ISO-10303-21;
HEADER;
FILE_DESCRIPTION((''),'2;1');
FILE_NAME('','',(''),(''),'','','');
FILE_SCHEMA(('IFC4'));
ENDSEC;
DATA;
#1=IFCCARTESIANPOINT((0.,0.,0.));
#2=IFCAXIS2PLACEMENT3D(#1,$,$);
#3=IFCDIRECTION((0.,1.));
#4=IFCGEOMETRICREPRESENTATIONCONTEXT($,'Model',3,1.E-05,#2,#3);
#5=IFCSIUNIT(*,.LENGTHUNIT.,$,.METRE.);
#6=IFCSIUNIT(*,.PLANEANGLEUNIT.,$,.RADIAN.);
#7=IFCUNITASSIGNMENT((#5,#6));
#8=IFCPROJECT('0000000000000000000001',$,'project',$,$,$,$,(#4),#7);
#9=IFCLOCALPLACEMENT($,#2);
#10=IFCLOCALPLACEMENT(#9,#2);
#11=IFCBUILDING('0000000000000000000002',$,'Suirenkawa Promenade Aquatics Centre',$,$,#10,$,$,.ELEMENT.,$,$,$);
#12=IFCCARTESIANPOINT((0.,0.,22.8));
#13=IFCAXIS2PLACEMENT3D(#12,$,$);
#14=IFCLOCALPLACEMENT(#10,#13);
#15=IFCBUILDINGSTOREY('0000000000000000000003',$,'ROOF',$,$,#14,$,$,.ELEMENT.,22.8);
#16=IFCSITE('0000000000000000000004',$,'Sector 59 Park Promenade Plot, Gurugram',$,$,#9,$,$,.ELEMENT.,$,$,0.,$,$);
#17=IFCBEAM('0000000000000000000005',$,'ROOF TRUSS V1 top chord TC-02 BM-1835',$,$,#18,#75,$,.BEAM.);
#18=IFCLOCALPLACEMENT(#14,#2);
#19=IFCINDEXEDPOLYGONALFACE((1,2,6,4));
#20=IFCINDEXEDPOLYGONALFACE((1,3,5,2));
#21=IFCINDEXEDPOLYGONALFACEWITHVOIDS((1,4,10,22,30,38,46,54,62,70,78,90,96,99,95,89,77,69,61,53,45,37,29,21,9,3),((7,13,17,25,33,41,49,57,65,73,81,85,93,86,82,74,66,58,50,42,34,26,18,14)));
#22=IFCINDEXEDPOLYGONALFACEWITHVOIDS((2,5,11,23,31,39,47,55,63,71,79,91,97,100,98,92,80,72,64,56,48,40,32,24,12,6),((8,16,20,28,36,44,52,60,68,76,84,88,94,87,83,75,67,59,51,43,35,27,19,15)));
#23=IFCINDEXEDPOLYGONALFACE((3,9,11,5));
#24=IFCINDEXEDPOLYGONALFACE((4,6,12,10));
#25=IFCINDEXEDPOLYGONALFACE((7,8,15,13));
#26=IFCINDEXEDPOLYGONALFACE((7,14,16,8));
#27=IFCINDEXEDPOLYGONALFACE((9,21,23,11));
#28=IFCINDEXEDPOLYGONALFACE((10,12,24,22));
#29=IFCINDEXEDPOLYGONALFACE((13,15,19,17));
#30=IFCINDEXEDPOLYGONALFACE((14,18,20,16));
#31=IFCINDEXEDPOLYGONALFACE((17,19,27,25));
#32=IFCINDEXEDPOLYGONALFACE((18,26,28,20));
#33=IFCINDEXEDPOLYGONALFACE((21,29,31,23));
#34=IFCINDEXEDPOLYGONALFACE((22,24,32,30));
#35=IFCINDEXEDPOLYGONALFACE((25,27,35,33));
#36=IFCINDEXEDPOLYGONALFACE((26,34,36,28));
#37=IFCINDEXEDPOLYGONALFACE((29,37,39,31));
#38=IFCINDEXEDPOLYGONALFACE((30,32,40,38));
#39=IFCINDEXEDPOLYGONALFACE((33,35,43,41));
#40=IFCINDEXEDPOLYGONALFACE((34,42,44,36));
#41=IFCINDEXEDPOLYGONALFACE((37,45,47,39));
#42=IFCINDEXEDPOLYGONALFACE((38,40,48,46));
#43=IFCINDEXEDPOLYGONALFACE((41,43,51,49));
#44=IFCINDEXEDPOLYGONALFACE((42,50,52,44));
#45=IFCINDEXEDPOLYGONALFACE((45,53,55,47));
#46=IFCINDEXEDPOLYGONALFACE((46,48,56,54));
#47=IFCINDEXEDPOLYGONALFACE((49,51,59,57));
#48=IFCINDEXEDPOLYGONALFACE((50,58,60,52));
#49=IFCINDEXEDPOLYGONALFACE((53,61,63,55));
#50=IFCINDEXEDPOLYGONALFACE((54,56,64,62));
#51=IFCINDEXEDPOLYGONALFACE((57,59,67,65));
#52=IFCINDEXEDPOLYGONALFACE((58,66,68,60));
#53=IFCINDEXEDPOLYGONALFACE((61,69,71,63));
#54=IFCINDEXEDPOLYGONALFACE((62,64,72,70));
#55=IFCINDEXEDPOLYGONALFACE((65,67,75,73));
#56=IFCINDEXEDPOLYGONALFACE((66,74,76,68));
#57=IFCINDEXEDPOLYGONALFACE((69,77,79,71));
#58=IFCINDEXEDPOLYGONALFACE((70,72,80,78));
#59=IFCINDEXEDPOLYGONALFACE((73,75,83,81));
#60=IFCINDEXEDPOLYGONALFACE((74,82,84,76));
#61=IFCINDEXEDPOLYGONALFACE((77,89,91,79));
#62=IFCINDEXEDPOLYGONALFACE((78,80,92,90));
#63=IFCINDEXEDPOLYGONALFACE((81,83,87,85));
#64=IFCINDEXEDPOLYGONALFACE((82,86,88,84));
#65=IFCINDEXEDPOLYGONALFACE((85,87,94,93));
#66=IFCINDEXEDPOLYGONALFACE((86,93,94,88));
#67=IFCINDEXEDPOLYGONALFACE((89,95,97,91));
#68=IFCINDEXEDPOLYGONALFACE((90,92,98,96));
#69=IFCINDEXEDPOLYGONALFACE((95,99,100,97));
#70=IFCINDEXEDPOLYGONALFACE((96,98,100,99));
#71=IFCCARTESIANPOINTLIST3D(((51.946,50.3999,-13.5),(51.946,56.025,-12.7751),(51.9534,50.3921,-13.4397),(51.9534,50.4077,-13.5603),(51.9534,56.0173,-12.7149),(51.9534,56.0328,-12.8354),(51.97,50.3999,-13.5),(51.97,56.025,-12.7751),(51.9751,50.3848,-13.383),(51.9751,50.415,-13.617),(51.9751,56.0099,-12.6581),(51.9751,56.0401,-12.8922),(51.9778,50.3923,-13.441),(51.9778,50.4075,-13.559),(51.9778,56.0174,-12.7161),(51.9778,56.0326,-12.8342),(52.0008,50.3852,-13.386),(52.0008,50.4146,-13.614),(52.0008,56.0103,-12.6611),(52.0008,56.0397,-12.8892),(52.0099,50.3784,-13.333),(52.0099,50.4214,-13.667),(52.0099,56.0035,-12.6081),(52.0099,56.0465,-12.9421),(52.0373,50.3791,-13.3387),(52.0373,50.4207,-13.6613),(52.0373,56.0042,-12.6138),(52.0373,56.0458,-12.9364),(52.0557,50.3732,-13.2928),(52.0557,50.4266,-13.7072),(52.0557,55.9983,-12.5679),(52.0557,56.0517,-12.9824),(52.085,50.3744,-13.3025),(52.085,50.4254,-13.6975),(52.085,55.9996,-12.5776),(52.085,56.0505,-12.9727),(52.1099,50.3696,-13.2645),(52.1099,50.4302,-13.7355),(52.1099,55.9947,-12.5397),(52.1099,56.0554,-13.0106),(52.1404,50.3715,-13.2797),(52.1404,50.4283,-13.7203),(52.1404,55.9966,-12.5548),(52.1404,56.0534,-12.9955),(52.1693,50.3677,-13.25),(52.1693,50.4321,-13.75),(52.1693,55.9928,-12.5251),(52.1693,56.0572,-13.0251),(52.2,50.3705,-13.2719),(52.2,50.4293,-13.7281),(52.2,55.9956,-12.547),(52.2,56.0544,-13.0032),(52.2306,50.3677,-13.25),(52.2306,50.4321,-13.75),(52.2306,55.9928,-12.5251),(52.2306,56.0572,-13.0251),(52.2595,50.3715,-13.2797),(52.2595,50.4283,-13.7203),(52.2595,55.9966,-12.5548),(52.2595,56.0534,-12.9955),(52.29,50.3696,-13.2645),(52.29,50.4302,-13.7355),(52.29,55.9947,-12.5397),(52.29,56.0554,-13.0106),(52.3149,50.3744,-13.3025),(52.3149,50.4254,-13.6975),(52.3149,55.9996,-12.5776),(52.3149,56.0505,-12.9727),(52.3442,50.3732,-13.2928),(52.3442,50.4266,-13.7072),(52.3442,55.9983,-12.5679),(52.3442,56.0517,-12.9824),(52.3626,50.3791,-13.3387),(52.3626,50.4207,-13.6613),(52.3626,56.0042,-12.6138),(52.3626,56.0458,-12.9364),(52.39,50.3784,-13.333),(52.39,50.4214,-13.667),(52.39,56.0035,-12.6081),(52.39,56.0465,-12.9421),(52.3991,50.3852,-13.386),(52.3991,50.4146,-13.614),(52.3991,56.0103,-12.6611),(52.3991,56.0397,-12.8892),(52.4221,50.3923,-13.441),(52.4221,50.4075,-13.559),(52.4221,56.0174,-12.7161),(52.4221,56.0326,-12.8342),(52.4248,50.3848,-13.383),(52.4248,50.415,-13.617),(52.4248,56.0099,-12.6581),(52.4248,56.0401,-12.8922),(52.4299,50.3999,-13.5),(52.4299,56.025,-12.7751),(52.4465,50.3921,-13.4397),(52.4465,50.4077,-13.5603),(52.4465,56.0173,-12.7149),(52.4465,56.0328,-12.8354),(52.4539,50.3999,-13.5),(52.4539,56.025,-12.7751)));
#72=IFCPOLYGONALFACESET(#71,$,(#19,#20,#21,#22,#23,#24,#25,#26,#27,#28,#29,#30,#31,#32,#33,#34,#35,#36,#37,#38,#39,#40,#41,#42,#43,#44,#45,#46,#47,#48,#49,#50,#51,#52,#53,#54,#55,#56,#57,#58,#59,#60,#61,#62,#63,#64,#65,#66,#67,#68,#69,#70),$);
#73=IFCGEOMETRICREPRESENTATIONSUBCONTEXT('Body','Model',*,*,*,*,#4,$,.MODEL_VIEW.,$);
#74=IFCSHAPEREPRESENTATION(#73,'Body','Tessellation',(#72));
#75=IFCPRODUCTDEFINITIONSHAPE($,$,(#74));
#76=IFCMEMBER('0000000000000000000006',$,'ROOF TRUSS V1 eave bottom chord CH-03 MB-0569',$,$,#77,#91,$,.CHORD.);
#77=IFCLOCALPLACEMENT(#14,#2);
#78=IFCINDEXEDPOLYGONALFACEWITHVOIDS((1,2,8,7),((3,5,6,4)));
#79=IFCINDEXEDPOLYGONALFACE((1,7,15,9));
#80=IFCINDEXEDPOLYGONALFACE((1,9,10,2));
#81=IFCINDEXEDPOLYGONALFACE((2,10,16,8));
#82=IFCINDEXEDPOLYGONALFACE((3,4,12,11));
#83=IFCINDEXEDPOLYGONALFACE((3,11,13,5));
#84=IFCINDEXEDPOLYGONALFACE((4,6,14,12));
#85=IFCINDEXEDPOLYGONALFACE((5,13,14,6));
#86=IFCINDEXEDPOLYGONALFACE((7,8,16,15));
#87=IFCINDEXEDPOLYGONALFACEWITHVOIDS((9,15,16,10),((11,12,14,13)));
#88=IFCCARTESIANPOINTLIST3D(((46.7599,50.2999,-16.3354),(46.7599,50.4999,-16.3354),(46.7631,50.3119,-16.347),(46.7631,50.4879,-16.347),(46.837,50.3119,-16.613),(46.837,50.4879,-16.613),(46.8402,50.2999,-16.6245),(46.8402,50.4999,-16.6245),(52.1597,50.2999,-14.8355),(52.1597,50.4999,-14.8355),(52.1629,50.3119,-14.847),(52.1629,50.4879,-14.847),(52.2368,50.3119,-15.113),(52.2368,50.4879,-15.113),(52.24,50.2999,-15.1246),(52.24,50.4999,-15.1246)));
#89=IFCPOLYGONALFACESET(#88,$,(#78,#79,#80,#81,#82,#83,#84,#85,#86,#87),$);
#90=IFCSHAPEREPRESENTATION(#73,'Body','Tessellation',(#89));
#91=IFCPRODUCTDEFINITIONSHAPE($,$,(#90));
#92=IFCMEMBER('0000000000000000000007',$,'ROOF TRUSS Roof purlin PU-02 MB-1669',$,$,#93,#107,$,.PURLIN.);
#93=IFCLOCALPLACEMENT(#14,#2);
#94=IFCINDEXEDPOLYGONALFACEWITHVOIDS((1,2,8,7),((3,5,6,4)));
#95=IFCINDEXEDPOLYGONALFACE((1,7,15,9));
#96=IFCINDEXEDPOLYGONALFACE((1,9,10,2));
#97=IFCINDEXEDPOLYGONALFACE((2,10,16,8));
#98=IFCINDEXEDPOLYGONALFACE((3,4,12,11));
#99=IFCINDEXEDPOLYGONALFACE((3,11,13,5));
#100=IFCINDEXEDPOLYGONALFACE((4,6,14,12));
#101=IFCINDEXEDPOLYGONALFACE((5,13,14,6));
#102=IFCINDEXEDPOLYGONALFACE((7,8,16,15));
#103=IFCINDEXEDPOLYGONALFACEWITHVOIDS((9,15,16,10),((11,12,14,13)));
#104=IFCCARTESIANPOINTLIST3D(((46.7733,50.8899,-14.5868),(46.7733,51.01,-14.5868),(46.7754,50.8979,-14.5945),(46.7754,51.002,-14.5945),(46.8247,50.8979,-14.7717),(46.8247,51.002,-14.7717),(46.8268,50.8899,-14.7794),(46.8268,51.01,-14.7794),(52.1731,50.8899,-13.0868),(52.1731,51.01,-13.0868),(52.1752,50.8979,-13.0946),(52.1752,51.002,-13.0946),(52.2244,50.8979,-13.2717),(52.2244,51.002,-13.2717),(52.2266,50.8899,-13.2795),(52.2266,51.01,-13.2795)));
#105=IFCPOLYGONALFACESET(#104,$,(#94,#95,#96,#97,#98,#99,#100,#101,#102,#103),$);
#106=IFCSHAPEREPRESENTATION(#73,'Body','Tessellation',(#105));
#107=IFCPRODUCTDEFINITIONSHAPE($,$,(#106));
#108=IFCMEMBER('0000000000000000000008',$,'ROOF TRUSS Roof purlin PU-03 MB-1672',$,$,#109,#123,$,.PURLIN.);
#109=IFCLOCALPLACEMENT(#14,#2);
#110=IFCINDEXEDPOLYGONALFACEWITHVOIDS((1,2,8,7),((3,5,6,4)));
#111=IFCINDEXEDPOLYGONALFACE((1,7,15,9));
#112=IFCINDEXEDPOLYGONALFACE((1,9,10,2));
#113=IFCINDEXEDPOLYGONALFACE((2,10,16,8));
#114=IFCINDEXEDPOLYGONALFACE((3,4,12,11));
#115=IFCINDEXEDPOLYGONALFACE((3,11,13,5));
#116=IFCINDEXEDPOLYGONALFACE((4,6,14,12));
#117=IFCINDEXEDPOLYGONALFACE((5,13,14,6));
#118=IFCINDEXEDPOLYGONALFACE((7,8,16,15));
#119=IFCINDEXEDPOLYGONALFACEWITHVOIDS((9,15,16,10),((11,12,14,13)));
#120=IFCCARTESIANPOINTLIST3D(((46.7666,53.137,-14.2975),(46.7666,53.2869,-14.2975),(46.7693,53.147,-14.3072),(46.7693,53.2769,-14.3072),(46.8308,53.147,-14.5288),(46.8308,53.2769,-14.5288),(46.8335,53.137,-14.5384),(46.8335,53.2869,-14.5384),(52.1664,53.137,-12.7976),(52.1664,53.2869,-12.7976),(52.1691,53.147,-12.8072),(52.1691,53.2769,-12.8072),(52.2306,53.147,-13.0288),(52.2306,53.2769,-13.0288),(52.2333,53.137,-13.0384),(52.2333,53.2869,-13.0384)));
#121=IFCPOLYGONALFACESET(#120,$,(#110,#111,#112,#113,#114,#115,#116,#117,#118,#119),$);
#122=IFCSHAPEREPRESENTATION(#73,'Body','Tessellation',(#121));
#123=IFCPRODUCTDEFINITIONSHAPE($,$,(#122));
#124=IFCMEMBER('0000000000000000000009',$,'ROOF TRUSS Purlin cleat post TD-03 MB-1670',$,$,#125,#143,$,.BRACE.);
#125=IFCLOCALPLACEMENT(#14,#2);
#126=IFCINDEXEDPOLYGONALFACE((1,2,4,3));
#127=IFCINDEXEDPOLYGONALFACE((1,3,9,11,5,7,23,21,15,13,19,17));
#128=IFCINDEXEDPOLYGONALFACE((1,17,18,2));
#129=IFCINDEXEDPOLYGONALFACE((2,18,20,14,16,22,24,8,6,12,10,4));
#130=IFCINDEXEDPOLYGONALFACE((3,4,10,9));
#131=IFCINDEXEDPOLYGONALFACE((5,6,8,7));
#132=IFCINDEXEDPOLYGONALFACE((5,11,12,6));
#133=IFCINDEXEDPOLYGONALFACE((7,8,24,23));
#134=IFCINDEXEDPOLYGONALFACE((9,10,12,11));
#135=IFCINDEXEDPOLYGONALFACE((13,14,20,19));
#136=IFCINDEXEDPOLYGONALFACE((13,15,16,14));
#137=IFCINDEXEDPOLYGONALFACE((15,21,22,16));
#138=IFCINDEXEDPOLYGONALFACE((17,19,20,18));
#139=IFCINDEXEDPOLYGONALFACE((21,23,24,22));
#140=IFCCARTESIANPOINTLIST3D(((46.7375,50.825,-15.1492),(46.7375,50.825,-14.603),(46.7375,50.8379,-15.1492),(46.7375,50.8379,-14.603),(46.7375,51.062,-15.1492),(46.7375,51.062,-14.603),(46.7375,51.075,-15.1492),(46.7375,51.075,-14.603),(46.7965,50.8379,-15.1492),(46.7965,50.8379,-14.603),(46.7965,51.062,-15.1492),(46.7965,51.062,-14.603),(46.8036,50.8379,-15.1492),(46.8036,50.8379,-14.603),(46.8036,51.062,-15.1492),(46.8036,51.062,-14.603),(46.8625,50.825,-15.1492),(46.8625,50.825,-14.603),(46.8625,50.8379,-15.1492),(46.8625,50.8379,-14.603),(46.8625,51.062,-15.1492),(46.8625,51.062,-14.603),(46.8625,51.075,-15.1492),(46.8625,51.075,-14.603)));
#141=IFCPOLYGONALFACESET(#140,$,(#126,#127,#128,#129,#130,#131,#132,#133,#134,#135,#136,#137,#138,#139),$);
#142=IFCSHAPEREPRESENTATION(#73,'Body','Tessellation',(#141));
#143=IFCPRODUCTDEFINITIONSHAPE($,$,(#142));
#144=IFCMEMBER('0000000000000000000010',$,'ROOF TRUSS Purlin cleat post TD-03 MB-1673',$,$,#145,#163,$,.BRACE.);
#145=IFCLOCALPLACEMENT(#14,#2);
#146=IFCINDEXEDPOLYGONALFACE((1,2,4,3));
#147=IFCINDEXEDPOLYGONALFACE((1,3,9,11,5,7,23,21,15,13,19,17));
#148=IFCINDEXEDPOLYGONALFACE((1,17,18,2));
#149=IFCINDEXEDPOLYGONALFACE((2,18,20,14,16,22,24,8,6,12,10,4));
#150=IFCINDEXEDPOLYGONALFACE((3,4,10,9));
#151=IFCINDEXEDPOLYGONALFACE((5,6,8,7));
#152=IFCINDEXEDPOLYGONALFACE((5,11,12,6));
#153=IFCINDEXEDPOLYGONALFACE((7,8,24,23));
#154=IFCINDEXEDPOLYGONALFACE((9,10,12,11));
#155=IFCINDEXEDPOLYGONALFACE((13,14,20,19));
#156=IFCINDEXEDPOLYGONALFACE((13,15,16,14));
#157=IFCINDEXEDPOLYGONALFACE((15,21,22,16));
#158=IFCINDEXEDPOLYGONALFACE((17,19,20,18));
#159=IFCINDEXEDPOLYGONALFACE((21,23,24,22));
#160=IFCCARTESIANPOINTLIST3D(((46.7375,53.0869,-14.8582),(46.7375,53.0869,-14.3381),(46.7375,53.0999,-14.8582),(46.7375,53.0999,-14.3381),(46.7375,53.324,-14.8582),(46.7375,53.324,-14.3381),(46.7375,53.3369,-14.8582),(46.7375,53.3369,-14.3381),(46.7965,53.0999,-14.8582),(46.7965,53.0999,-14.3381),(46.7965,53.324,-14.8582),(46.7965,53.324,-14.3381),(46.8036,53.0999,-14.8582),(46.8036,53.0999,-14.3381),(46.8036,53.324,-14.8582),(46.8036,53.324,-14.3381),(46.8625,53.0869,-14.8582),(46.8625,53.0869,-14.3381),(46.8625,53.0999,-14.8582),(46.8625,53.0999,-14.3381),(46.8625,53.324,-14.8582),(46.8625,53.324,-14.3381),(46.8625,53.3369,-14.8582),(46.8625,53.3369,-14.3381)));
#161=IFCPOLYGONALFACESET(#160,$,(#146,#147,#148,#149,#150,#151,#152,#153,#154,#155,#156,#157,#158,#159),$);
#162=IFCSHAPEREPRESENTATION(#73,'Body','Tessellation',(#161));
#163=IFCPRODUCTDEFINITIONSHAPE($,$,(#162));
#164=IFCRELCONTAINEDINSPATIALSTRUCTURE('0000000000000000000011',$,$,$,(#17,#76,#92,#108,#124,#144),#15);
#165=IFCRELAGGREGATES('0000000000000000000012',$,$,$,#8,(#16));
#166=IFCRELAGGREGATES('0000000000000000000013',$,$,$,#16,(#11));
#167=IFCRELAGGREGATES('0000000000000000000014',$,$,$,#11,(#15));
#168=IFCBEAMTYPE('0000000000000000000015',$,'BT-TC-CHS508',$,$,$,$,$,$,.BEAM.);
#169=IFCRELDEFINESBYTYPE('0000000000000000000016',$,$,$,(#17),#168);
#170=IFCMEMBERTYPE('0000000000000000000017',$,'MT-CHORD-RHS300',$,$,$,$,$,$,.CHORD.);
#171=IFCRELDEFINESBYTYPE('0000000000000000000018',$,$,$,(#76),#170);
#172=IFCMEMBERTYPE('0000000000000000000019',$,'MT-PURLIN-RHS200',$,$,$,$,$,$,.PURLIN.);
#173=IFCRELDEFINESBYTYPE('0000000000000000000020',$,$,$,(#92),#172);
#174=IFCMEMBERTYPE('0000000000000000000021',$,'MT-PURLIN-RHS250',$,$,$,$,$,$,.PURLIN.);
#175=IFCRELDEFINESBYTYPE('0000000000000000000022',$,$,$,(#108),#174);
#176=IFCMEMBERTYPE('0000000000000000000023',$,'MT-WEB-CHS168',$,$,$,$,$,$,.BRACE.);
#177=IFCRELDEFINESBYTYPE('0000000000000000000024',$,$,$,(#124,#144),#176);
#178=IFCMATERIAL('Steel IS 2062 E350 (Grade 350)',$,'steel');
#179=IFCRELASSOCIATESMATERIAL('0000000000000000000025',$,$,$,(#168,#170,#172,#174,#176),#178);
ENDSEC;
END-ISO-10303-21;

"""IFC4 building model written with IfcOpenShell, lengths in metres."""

from ifc_helpers import new_model, si_unit, direction, frame, origin, origin_2d, place, context, subcontext, project, spatial, hollow_rectangle, hollow_circle, i_section, extrude, material, material_profile, profile_set, type_object, element, save


model = new_model("IFC4")

# Units and contexts
model_context = context("Model", 3, precision=1e-05, world=origin(), true_north=direction((0.0, 1.0)))
body_context = subcontext(model_context, "Body", "Model", "MODEL_VIEW")
ifc_project = project(units=[si_unit("LENGTHUNIT", "METRE"), si_unit("PLANEANGLEUNIT", "RADIAN")], contexts=[model_context])

# Site, building, storey
site_placement = place(None, origin())
site = spatial("IfcSite", under=ifc_project, at=site_placement, Name="Sector 59 Park Promenade Plot, Gurugram", CompositionType="ELEMENT", RefElevation=0.0)
building_placement = place(site_placement, origin())
building = spatial("IfcBuilding", under=site, at=building_placement, Name="Suirenkawa Promenade Aquatics Centre", CompositionType="ELEMENT")
storey_placement = place(building_placement, frame((0.0, 0.0, 22.8)))
storey = spatial("IfcBuildingStorey", under=building, at=storey_placement, Name="ROOF", CompositionType="ELEMENT", Elevation=22.8)

# Beam
ifc_material_1 = material(Name="Steel IS 2062 E350 (Grade 350)", Category="steel")
ifc_material_profile_1 = material_profile(ifc_material_1, hollow_circle(Radius=0.2539, WallThickness=0.0239, at=origin_2d()), Name="CHS 508x24", Category="steel")
ifc_profile_set_1 = profile_set([ifc_material_profile_1], Name="Steel IS 2062 E350 (Grade 350)")
beam_type_1 = type_object("IfcBeamType", Name="BT-TC-CHS508", PredefinedType="BEAM", material=ifc_profile_set_1)
for number, where, z_axis, x_axis, name in (
    (1, (52.2, 50.3999, -13.5), (0.0, 0.991799, 0.127806), (-1.0, 0.0, 0.0), "ROOF TRUSS V1 top chord TC-02 BM-1835"),
):
    element("IfcBeam", number, at=place(storey_placement, frame(where, z_axis=z_axis, x_axis=x_axis)), inside=storey, type_object=beam_type_1, Name=name, PredefinedType="BEAM", context=body_context, shape_type="SweptSolid", body=[
        extrude(hollow_circle(Radius=0.2539, WallThickness=0.0239, at=origin_2d()), origin(), (0.0, 0.0, 1.0), 5.6716),
    ])

# Members
ifc_material_profile_2 = material_profile(ifc_material_1, hollow_rectangle(XDim=0.2, YDim=0.3, WallThickness=0.012, at=origin_2d()), Name="RHS 300x200x12", Category="steel")
ifc_profile_set_2 = profile_set([ifc_material_profile_2], Name="Steel IS 2062 E350 (Grade 350)")
member_type_1 = type_object("IfcMemberType", Name="MT-CHORD-RHS300", PredefinedType="CHORD", material=ifc_profile_set_2)
member_1_placement = place(storey_placement, frame((46.8, 50.3999, -16.48), z_axis=(0.963517, 0.0, 0.267648), x_axis=(0.0, 1.0, 0.0)))
element("IfcMember", 2, at=member_1_placement, inside=storey, type_object=member_type_1, Name="ROOF TRUSS V1 eave bottom chord CH-03 MB-0569", PredefinedType="CHORD", context=body_context, shape_type="SweptSolid", body=[
    extrude(hollow_rectangle(XDim=0.2, YDim=0.3, WallThickness=0.012, at=origin_2d()), origin(), (0.0, 0.0, 1.0), 5.6042),
])
ifc_material_profile_3 = material_profile(ifc_material_1, hollow_rectangle(XDim=0.1201, YDim=0.2, WallThickness=0.0081, at=origin_2d()), Name="RHS 200x120x8", Category="steel")
ifc_profile_set_3 = profile_set([ifc_material_profile_3], Name="Steel IS 2062 E350 (Grade 350)")
member_type_2 = type_object("IfcMemberType", Name="MT-PURLIN-RHS200", PredefinedType="PURLIN", material=ifc_profile_set_3)
member_2_placement = place(storey_placement, frame((46.8, 50.95, -14.6831), z_axis=(0.963517, 0.0, 0.267648), x_axis=(0.0, 1.0, 0.0)))
element("IfcMember", 3, at=member_2_placement, inside=storey, type_object=member_type_2, Name="ROOF TRUSS Roof purlin PU-02 MB-1669", PredefinedType="PURLIN", context=body_context, shape_type="SweptSolid", body=[
    extrude(hollow_rectangle(XDim=0.1201, YDim=0.2, WallThickness=0.0081, at=origin_2d()), origin(), (0.0, 0.0, 1.0), 5.6042),
])
ifc_material_profile_4 = material_profile(ifc_material_1, hollow_rectangle(XDim=0.1499, YDim=0.25, WallThickness=0.01, at=origin_2d()), Name="RHS 250x150x10", Category="steel")
ifc_profile_set_4 = profile_set([ifc_material_profile_4], Name="Steel IS 2062 E350 (Grade 350)")
member_type_3 = type_object("IfcMemberType", Name="MT-PURLIN-RHS250", PredefinedType="PURLIN", material=ifc_profile_set_4)
member_3_placement = place(storey_placement, frame((46.8, 53.2119, -14.418), z_axis=(0.963517, 0.0, 0.267648), x_axis=(0.0, 1.0, 0.0)))
element("IfcMember", 4, at=member_3_placement, inside=storey, type_object=member_type_3, Name="ROOF TRUSS Roof purlin PU-03 MB-1672", PredefinedType="PURLIN", context=body_context, shape_type="SweptSolid", body=[
    extrude(hollow_rectangle(XDim=0.1499, YDim=0.25, WallThickness=0.01, at=origin_2d()), origin(), (0.0, 0.0, 1.0), 5.6042),
])
ifc_material_profile_5 = material_profile(ifc_material_1, i_section(OverallWidth=0.125, OverallDepth=0.25, WebThickness=0.0071, FlangeThickness=0.0129, at=origin_2d()), Name="ISMB 250", Category="steel")
ifc_profile_set_5 = profile_set([ifc_material_profile_5], Name="Steel IS 2062 E350 (Grade 350)")
member_type_4 = type_object("IfcMemberType", Name="MT-WEB-CHS168", PredefinedType="BRACE", material=ifc_profile_set_5)
member_4_placement = place(storey_placement, frame((46.8, 50.95, -15.1492), z_axis=(0.0, 0.0, 1.0), x_axis=(1.0, 0.0, 0.0)))
element("IfcMember", 5, at=member_4_placement, inside=storey, type_object=member_type_4, Name="ROOF TRUSS Purlin cleat post TD-03 MB-1670", PredefinedType="BRACE", context=body_context, shape_type="SweptSolid", body=[
    extrude(i_section(OverallWidth=0.125, OverallDepth=0.25, WebThickness=0.0071, FlangeThickness=0.0129, at=origin_2d()), origin(), (0.0, 0.0, 1.0), 0.5461),
])
member_5_placement = place(storey_placement, frame((46.8, 53.2119, -14.8582), z_axis=(0.0, 0.0, 1.0), x_axis=(1.0, 0.0, 0.0)))
element("IfcMember", 6, at=member_5_placement, inside=storey, type_object=member_type_4, Name="ROOF TRUSS Purlin cleat post TD-03 MB-1673", PredefinedType="BRACE", context=body_context, shape_type="SweptSolid", body=[
    extrude(i_section(OverallWidth=0.125, OverallDepth=0.25, WebThickness=0.0071, FlangeThickness=0.0129, at=origin_2d()), origin(), (0.0, 0.0, 1.0), 0.52),
])

save(model, "model.ifc")
